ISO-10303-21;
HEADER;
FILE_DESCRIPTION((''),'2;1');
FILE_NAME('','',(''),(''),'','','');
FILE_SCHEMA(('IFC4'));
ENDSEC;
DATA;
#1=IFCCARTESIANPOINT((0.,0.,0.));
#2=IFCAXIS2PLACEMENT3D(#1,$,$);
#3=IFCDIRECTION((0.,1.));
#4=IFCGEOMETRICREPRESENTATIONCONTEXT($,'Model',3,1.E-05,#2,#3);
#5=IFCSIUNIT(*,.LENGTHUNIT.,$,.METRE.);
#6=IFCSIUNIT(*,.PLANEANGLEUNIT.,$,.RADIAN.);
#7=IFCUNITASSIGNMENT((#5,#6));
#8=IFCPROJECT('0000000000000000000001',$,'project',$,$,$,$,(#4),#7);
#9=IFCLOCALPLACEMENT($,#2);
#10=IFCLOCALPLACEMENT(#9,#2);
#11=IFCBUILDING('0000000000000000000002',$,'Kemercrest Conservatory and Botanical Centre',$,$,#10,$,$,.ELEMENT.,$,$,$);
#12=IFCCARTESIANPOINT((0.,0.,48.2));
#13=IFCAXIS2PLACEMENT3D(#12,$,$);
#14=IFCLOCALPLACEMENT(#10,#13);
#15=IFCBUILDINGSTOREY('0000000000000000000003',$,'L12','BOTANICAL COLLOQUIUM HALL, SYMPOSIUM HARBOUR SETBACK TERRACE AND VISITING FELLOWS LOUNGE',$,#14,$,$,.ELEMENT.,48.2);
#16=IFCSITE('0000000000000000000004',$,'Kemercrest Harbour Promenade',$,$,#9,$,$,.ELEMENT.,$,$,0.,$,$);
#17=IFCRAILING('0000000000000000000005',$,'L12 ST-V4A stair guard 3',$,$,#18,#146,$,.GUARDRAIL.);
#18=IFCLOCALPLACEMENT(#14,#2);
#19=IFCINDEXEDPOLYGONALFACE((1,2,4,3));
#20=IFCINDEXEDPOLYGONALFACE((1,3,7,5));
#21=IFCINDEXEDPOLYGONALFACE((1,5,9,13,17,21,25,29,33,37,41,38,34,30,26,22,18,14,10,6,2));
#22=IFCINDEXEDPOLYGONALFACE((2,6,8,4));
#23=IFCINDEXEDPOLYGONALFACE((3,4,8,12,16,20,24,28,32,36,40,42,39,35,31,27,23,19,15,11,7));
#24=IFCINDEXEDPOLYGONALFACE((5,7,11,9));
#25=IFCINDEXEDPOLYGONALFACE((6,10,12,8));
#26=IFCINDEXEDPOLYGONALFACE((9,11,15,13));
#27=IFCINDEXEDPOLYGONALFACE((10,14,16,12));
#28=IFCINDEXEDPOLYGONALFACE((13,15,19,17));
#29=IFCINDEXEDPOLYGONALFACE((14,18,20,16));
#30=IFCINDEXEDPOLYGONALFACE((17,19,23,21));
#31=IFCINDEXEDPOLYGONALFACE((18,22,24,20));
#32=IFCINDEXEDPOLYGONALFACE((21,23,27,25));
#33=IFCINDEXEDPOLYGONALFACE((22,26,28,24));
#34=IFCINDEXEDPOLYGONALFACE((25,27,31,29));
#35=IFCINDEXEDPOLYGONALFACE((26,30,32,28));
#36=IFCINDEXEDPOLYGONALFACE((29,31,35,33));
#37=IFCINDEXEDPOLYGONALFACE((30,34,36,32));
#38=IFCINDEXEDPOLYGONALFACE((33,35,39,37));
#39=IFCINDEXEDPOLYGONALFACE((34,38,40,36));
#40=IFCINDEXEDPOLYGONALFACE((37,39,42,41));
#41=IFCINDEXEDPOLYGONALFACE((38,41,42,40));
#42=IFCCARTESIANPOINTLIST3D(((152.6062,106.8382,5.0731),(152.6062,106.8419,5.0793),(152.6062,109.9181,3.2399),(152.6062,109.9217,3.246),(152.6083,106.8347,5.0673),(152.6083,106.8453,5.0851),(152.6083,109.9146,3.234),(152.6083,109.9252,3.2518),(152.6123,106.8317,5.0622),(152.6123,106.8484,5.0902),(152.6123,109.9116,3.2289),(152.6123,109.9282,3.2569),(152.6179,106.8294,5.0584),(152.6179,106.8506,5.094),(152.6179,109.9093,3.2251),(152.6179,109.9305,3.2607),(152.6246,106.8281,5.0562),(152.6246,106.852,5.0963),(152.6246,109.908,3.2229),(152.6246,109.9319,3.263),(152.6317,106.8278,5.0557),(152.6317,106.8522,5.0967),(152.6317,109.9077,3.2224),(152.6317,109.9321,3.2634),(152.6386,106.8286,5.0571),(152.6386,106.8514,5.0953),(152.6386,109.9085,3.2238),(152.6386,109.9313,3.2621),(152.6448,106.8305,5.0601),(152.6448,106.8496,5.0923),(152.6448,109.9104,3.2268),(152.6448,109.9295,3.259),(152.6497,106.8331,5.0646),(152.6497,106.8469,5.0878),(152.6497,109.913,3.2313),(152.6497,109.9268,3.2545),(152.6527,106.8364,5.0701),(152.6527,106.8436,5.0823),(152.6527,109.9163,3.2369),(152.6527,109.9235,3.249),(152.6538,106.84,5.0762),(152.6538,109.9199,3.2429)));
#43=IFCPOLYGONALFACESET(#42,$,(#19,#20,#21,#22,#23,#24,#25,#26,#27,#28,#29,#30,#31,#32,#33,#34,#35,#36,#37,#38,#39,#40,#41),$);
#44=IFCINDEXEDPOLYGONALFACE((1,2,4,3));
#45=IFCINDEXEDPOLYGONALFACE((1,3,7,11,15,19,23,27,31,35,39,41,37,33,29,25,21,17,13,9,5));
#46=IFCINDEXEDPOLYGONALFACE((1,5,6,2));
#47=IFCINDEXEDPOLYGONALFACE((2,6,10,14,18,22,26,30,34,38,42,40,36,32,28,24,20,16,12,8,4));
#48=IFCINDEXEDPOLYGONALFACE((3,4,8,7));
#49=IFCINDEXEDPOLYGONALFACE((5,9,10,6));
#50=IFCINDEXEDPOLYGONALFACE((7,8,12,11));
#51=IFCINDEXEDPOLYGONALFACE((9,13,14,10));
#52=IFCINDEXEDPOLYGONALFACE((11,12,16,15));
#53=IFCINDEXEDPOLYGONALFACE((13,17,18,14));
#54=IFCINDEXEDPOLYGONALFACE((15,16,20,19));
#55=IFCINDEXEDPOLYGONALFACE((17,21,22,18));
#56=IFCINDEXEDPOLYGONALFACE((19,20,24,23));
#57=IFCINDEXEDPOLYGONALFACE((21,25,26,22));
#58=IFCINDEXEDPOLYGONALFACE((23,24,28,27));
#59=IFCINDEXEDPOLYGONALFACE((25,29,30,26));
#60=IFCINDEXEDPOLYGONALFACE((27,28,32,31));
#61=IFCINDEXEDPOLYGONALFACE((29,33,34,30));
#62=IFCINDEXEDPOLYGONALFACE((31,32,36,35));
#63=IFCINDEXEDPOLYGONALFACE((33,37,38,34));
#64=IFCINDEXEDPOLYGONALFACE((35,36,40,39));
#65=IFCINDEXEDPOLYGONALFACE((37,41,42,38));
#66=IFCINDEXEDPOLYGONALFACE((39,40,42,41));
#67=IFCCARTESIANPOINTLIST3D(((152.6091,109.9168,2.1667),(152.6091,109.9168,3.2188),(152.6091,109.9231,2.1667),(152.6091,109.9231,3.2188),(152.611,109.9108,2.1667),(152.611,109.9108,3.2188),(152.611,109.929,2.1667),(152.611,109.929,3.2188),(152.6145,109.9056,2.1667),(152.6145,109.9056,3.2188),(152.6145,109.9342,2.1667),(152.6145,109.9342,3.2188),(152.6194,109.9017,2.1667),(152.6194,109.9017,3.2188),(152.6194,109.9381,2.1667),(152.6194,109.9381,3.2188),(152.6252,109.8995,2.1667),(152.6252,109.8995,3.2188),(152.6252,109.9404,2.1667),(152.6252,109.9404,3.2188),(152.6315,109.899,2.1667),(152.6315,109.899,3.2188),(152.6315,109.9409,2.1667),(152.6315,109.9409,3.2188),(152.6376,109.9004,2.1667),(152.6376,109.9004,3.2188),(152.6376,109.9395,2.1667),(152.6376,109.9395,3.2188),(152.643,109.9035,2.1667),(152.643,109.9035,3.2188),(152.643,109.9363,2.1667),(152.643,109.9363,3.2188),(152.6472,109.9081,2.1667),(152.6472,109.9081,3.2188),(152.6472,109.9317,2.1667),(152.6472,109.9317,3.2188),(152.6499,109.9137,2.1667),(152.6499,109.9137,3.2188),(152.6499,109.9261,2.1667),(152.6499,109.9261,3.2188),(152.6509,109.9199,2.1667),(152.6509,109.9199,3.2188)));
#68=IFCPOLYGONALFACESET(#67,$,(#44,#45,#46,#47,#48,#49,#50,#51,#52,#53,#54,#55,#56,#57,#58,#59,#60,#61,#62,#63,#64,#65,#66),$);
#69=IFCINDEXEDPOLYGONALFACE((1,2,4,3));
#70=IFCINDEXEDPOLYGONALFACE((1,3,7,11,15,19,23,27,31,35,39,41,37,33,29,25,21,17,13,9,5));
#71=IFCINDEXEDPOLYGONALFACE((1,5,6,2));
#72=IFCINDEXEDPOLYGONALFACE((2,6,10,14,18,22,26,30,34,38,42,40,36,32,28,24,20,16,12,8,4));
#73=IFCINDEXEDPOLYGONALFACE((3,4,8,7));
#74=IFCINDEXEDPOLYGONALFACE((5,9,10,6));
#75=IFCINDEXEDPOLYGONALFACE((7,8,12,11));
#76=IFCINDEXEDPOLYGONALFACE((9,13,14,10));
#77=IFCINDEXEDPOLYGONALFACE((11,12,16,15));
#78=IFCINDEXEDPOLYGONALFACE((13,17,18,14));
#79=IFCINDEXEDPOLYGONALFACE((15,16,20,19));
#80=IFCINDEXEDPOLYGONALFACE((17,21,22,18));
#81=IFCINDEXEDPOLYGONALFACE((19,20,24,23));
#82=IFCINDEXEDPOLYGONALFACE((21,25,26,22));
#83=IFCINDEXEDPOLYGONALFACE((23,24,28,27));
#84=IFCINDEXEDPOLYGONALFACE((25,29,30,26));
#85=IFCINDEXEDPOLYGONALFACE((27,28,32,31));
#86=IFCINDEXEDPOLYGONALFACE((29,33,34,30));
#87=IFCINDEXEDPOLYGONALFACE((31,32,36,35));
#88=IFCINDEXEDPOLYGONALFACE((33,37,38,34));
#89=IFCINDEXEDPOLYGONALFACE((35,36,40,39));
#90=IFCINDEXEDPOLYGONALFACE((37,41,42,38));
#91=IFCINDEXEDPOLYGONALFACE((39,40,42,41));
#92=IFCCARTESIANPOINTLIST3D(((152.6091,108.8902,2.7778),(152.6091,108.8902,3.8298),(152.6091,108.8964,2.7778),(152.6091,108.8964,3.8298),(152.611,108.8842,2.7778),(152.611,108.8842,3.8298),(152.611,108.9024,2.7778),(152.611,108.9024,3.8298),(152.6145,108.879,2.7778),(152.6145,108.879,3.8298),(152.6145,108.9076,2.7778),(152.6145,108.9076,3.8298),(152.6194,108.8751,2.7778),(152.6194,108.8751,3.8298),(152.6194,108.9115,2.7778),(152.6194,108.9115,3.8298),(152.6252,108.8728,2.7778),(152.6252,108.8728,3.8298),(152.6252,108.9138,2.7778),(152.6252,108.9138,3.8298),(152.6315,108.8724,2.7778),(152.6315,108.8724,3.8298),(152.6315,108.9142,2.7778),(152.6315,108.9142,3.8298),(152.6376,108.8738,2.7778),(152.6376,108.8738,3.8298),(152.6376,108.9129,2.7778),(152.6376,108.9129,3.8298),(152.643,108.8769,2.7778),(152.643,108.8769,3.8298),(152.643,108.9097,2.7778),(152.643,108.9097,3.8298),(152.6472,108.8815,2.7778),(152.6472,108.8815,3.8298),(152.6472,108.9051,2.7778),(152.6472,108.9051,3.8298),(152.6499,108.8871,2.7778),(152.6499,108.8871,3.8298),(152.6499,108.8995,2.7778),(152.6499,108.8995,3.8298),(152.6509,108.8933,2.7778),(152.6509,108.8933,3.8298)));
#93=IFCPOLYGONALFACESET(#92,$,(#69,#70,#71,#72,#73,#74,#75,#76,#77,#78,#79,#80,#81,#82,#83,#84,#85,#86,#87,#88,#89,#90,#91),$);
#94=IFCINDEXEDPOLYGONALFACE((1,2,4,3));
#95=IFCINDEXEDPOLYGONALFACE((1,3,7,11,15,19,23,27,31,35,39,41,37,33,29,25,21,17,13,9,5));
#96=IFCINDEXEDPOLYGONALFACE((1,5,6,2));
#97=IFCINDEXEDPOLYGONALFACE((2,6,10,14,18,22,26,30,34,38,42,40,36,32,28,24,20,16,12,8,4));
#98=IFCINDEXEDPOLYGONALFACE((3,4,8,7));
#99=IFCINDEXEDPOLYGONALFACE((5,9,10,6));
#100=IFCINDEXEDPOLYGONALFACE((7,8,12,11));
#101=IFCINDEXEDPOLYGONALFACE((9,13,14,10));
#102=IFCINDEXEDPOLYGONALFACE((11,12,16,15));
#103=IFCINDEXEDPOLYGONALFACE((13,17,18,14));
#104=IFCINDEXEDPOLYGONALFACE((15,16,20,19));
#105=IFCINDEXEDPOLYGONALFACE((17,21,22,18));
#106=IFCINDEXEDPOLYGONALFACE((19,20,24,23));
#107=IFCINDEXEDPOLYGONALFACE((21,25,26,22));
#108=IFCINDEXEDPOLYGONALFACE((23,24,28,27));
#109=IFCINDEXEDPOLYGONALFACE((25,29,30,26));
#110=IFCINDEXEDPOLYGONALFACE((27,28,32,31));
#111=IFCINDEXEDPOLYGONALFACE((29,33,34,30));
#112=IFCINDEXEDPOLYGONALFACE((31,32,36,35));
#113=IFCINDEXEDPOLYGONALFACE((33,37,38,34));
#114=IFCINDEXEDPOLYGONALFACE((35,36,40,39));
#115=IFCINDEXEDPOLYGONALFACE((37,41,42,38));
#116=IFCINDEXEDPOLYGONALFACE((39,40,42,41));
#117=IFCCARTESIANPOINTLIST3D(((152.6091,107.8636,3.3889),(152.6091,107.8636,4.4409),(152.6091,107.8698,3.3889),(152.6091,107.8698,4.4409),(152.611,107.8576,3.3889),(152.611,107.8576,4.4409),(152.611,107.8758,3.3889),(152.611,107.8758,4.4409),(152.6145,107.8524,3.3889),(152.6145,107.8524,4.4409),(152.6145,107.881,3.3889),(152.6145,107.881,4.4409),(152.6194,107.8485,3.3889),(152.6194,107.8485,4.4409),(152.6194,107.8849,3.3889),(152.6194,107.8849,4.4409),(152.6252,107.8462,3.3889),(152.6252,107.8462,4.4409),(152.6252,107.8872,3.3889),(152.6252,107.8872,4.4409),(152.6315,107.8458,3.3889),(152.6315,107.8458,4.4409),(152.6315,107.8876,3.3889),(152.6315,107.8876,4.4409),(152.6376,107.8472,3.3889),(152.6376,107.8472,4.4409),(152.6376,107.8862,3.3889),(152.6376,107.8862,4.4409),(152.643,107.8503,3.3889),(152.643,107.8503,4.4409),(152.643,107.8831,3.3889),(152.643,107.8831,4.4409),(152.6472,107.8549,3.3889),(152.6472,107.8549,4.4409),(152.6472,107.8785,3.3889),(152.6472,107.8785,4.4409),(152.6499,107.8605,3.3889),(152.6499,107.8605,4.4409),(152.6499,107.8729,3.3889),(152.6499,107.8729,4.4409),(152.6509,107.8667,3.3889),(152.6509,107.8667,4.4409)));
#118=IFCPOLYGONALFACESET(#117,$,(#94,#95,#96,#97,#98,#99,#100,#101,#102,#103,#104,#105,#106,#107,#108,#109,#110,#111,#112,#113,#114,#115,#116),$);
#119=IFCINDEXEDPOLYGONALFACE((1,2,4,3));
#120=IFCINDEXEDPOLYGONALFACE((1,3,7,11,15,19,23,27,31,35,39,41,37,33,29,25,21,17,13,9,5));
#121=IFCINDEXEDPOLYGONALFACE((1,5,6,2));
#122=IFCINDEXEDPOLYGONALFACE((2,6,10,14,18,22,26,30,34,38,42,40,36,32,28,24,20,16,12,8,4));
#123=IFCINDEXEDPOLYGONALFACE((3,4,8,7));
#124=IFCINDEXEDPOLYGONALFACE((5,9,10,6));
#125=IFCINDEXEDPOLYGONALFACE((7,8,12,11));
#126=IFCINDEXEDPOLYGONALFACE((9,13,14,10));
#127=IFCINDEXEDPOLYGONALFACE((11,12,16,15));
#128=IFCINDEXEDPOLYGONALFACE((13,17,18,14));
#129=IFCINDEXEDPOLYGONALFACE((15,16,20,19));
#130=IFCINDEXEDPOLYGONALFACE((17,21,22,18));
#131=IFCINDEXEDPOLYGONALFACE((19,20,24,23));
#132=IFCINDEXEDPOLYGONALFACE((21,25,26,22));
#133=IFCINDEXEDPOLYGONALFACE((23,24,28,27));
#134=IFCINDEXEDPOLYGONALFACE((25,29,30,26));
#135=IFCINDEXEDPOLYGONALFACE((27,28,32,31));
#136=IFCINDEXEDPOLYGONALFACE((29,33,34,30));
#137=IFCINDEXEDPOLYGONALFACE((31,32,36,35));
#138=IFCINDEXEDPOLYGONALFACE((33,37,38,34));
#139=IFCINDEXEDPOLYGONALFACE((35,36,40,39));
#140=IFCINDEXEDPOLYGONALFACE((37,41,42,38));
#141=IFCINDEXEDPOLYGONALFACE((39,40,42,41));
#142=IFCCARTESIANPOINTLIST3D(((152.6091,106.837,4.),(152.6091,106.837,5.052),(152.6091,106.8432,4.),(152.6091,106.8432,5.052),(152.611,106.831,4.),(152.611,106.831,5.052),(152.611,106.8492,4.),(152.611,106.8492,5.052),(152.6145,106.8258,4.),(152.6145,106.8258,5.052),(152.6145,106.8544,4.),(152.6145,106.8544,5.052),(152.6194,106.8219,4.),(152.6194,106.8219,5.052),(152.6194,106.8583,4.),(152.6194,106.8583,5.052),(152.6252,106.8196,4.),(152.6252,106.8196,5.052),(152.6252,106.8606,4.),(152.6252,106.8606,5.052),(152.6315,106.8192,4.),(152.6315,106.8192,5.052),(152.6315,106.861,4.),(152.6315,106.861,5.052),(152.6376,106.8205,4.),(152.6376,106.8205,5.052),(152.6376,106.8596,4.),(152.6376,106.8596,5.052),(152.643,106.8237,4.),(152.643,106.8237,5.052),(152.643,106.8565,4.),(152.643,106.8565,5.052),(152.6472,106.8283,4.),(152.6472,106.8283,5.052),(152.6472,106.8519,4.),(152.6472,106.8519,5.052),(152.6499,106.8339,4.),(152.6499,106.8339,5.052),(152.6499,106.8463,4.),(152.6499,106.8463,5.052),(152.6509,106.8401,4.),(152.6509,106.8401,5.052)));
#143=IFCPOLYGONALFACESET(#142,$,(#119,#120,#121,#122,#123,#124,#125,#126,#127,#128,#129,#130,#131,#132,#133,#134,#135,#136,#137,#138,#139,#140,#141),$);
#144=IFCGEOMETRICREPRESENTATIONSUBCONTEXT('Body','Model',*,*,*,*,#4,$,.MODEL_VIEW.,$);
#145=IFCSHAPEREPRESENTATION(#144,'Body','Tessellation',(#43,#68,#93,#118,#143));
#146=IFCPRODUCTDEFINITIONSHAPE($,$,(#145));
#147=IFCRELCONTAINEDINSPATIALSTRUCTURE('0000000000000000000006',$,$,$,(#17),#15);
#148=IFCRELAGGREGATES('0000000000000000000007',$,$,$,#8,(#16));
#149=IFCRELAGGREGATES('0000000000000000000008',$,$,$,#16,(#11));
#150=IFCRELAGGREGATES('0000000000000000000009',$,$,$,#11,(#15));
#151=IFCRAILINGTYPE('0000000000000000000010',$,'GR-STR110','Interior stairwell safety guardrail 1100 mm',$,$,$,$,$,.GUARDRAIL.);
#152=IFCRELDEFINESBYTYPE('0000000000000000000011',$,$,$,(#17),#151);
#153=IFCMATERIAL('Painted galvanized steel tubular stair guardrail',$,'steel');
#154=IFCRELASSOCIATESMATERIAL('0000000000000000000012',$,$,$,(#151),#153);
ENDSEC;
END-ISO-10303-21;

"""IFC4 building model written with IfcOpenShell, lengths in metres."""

from ifc_helpers import new_model, si_unit, direction, frame, origin, origin_2d, place, context, subcontext, project, spatial, circle, extrude, material, type_object, element, save


model = new_model("IFC4")

# Units and contexts
model_context = context("Model", 3, precision=1e-05, world=origin(), true_north=direction((0.0, 1.0)))
body_context = subcontext(model_context, "Body", "Model", "MODEL_VIEW")
ifc_project = project(units=[si_unit("LENGTHUNIT", "METRE"), si_unit("PLANEANGLEUNIT", "RADIAN")], contexts=[model_context])

# Site, building, storey
site_placement = place(None, origin())
site = spatial("IfcSite", under=ifc_project, at=site_placement, Name="Kemercrest Harbour Promenade", CompositionType="ELEMENT", RefElevation=0.0)
building_placement = place(site_placement, origin())
building = spatial("IfcBuilding", under=site, at=building_placement, Name="Kemercrest Conservatory and Botanical Centre", CompositionType="ELEMENT")
storey_placement = place(building_placement, frame((0.0, 0.0, 48.2)))
storey = spatial("IfcBuildingStorey", under=building, at=storey_placement, Name="L12", Description="BOTANICAL COLLOQUIUM HALL, SYMPOSIUM HARBOUR SETBACK TERRACE AND VISITING FELLOWS LOUNGE", CompositionType="ELEMENT", Elevation=48.2)

# Railing
ifc_material_1 = material(Name="Painted galvanized steel tubular stair guardrail", Category="steel")
railing_type_1 = type_object("IfcRailingType", Name="GR-STR110", Description="Interior stairwell safety guardrail 1100 mm", PredefinedType="GUARDRAIL", material=ifc_material_1)
railing_1_placement = place(storey_placement, frame((152.6299, 109.9199, 2.1667)))
element("IfcRailing", 1, at=railing_1_placement, inside=storey, type_object=railing_type_1, Name="L12 ST-V4A stair guard 3", PredefinedType="GUARDRAIL", context=body_context, shape_type="SweptSolid", body=[
    extrude(circle(Radius=0.0239, at=origin_2d()), frame((0.0, 0.0, 1.0762), z_axis=(0.0, -0.859291, 0.511487), x_axis=(1.0, 0.0, 0.0)), (0.0, 0.0, 1.0), 3.5842),
    extrude(circle(Radius=0.021, at=origin_2d()), origin(), (0.0, 0.0, 1.0), 1.052),
    extrude(circle(Radius=0.021, at=origin_2d()), frame((0.0, -1.0266, 0.6111)), (0.0, 0.0, 1.0), 1.052),
    extrude(circle(Radius=0.021, at=origin_2d()), frame((0.0, -2.0532, 1.2222)), (0.0, 0.0, 1.0), 1.052),
    extrude(circle(Radius=0.021, at=origin_2d()), frame((0.0, -3.0798, 1.8333)), (0.0, 0.0, 1.0), 1.052),
])

save(model, "model.ifc")
